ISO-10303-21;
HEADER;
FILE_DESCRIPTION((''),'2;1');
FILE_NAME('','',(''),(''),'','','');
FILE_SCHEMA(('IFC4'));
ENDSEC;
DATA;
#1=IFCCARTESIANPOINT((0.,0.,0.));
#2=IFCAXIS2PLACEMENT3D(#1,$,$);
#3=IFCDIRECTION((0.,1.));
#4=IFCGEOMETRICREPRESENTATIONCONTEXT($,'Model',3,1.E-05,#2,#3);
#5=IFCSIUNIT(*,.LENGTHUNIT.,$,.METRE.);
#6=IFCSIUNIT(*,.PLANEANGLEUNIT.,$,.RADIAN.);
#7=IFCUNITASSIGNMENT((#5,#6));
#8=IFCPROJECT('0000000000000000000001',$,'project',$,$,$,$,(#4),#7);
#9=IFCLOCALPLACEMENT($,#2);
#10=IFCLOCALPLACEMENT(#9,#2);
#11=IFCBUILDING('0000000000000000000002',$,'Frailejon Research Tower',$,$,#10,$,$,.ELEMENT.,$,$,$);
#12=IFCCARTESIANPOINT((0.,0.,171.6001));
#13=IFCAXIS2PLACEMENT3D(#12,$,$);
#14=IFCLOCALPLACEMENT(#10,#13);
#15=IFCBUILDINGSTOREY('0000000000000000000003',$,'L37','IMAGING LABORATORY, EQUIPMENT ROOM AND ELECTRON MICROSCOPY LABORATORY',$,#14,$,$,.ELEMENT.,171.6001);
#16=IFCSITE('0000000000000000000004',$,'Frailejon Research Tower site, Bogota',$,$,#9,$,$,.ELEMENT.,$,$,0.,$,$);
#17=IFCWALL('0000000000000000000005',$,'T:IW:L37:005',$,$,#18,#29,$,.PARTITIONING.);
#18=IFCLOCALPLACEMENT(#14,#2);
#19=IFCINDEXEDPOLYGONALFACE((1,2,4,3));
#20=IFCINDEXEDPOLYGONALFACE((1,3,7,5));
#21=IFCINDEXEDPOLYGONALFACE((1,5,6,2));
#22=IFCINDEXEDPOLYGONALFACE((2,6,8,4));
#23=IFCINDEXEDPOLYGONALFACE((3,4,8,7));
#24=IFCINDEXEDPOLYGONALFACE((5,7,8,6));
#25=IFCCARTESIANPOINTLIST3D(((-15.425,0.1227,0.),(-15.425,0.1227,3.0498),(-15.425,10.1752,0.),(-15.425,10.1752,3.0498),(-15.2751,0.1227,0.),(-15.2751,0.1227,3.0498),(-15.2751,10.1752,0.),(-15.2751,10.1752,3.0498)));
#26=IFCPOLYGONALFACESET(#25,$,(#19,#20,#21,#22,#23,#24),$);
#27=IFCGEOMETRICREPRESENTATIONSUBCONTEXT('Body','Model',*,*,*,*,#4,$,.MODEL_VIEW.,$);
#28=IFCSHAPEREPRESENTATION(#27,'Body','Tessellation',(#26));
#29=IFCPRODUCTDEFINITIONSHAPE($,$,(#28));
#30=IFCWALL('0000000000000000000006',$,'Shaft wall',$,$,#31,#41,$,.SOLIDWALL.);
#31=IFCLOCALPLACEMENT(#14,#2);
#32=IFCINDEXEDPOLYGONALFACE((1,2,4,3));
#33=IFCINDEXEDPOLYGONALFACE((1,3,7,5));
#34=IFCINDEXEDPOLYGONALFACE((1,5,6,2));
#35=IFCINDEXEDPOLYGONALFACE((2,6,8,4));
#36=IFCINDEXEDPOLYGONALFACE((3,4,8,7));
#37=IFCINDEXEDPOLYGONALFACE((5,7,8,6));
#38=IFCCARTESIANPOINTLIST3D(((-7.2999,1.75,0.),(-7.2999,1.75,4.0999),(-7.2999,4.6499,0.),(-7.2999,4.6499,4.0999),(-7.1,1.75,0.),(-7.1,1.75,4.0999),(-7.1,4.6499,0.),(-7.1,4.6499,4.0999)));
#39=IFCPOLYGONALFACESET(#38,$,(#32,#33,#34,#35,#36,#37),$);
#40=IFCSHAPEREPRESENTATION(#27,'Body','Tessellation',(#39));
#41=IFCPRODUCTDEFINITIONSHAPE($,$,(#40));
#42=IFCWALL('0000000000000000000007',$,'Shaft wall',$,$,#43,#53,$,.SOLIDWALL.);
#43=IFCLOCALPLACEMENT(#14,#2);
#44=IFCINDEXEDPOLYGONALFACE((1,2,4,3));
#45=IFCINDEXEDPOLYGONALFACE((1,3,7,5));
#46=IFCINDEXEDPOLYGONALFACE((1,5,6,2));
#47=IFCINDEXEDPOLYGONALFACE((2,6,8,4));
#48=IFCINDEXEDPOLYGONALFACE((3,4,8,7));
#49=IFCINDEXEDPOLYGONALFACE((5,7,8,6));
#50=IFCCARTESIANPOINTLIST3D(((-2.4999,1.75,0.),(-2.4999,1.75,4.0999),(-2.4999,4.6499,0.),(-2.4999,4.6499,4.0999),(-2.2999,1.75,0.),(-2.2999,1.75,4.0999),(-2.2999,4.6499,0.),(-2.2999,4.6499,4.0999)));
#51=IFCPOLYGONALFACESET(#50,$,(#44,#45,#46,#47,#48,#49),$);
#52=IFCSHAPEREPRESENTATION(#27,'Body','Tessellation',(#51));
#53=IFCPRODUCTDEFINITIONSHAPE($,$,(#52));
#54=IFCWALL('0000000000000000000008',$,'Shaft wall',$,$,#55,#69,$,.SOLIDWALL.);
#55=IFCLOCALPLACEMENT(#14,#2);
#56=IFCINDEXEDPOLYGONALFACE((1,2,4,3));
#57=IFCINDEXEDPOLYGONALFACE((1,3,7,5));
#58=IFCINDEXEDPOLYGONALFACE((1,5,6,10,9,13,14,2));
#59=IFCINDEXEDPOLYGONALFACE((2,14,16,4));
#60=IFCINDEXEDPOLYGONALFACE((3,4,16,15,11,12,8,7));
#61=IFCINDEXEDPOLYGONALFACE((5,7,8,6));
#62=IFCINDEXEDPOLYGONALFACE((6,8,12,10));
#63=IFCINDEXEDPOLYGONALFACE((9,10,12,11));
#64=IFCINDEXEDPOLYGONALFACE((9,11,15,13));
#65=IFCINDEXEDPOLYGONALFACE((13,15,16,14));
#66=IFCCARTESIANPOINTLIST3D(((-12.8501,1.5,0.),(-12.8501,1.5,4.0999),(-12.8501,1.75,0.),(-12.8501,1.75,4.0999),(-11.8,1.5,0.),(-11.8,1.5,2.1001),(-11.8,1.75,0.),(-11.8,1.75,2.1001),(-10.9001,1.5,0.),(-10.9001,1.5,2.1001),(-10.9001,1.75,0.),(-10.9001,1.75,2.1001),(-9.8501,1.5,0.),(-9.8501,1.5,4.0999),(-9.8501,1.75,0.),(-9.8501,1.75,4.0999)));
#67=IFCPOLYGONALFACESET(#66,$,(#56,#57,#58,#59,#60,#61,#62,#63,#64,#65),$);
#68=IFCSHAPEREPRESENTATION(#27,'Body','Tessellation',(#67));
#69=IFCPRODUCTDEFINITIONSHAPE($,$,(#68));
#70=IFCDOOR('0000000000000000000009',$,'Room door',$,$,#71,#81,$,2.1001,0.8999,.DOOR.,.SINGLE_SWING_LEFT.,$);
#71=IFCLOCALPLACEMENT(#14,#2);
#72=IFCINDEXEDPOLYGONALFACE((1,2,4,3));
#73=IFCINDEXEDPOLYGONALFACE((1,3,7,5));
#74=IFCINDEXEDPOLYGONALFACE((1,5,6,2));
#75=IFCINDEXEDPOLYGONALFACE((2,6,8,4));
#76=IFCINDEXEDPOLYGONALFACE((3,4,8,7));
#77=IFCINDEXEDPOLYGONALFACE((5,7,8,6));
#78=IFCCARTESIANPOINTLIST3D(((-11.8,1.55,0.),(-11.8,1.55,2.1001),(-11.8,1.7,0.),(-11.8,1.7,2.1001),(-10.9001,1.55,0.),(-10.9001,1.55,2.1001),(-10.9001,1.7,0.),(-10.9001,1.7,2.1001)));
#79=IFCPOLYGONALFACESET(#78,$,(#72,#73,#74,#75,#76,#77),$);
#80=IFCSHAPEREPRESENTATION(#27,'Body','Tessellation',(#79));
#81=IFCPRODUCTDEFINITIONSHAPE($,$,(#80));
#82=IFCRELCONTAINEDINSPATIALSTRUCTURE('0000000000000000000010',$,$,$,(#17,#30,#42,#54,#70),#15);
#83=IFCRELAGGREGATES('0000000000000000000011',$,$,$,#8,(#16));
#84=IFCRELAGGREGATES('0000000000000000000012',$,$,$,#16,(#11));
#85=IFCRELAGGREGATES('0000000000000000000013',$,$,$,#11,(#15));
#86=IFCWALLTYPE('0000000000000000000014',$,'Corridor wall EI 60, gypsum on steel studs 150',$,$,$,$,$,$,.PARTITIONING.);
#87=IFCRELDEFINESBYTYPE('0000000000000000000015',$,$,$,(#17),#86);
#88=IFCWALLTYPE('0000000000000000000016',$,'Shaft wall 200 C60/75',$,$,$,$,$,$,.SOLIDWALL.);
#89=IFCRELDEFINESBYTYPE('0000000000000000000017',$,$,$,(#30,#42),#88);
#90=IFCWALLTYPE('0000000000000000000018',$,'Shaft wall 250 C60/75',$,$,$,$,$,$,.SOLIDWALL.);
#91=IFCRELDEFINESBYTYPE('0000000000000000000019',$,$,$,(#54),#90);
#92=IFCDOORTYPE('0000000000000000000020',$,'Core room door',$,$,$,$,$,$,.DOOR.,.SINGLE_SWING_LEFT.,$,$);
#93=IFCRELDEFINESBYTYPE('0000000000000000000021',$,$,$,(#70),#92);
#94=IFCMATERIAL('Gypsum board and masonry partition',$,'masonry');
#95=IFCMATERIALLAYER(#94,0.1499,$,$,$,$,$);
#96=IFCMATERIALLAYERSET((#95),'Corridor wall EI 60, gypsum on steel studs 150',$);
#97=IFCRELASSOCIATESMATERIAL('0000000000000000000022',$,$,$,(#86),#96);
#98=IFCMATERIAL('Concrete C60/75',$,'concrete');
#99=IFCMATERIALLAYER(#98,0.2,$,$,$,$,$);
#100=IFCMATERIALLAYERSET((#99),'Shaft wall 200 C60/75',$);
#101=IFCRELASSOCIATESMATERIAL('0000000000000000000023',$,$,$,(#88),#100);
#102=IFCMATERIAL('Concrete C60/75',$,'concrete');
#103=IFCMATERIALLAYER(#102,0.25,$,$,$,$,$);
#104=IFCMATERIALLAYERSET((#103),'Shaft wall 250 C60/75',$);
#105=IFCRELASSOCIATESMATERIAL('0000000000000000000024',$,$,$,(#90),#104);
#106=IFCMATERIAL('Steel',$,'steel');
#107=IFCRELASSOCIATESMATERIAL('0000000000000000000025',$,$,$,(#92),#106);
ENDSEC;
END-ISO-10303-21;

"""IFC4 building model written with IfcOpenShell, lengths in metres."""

from ifc_helpers import new_model, si_unit, direction, frame, frame_2d, origin, place, context, subcontext, project, spatial, rectangle, extrude, material, layer, layer_set, type_object, element, fill, save


model = new_model("IFC4")

# Units and contexts
model_context = context("Model", 3, precision=1e-05, world=origin(), true_north=direction((0.0, 1.0)))
body_context = subcontext(model_context, "Body", "Model", "MODEL_VIEW")
ifc_project = project(units=[si_unit("LENGTHUNIT", "METRE"), si_unit("PLANEANGLEUNIT", "RADIAN")], contexts=[model_context])

# Site, building, storey
site_placement = place(None, origin())
site = spatial("IfcSite", under=ifc_project, at=site_placement, Name="Frailejon Research Tower site, Bogota", CompositionType="ELEMENT", RefElevation=0.0)
building_placement = place(site_placement, origin())
building = spatial("IfcBuilding", under=site, at=building_placement, Name="Frailejon Research Tower", CompositionType="ELEMENT")
storey_placement = place(building_placement, frame((0.0, 0.0, 171.6001)))
storey = spatial("IfcBuildingStorey", under=building, at=storey_placement, Name="L37", Description="IMAGING LABORATORY, EQUIPMENT ROOM AND ELECTRON MICROSCOPY LABORATORY", CompositionType="ELEMENT", Elevation=171.6001)

# Walls
ifc_material_1 = material(Name="Gypsum board and masonry partition", Category="masonry")
ifc_layer_1 = layer(ifc_material_1, 0.1499)
ifc_layer_set_1 = layer_set([ifc_layer_1], Name="Corridor wall EI 60, gypsum on steel studs 150")
wall_type_1 = type_object("IfcWallType", Name="Corridor wall EI 60, gypsum on steel studs 150", PredefinedType="PARTITIONING", material=ifc_layer_set_1)
wall_1_placement = place(storey_placement, frame((-15.3501, 0.1226, 0.0), z_axis=(0.0, 0.0, 1.0), x_axis=(0.0, 1.0, 0.0)))
element("IfcWall", 1, at=wall_1_placement, inside=storey, type_object=wall_type_1, Name="T:IW:L37:005", PredefinedType="PARTITIONING", context=body_context, shape_type="SweptSolid", body=[
    extrude(rectangle(XDim=10.0525, YDim=0.1499, at=frame_2d((5.0264, 0.0))), origin(), (0.0, 0.0, 1.0), 3.0498),
])
ifc_material_2 = material(Name="Concrete C60/75", Category="concrete")
ifc_layer_2 = layer(ifc_material_2, 0.2)
ifc_layer_set_2 = layer_set([ifc_layer_2], Name="Shaft wall 200 C60/75")
wall_type_2 = type_object("IfcWallType", Name="Shaft wall 200 C60/75", PredefinedType="SOLIDWALL", material=ifc_layer_set_2)
for number, where, z_axis, x_axis, name in (
    (2, (-7.2, 1.75, 0.0), (0.0, 0.0, 1.0), (0.0, 1.0, 0.0), "Shaft wall"),
    (3, (-2.3999, 1.75, 0.0), (0.0, 0.0, 1.0), (0.0, 1.0, 0.0), "Shaft wall"),
):
    element("IfcWall", number, at=place(storey_placement, frame(where, z_axis=z_axis, x_axis=x_axis)), inside=storey, type_object=wall_type_2, Name=name, PredefinedType="SOLIDWALL", context=body_context, shape_type="SweptSolid", body=[
        extrude(rectangle(XDim=2.8999, YDim=0.2, at=frame_2d((1.45, 0.0))), origin(), (0.0, 0.0, 1.0), 4.0999),
    ])

# Wall, opening, door
ifc_material_3 = material(Name="Concrete C60/75", Category="concrete")
ifc_layer_3 = layer(ifc_material_3, 0.25)
ifc_layer_set_3 = layer_set([ifc_layer_3], Name="Shaft wall 250 C60/75")
wall_type_3 = type_object("IfcWallType", Name="Shaft wall 250 C60/75", PredefinedType="SOLIDWALL", material=ifc_layer_set_3)
wall_2_placement = place(storey_placement, frame((-12.8501, 1.625, 0.0), z_axis=(0.0, 0.0, 1.0), x_axis=(1.0, 0.0, 0.0)))
wall_2 = element("IfcWall", 4, at=wall_2_placement, inside=storey, type_object=wall_type_3, Name="Shaft wall", PredefinedType="SOLIDWALL", context=body_context, shape_type="SweptSolid", body=[
    extrude(rectangle(XDim=3.0, YDim=0.25, at=frame_2d((1.5, 0.0))), origin(), (0.0, 0.0, 1.0), 4.0999),
])
opening_1_placement = place(wall_2_placement, frame((1.05, 0.0, 0.0)))
opening_1 = element("IfcOpeningElement", 5, at=opening_1_placement, cuts=wall_2, PredefinedType="OPENING", context=body_context, shape_type="SweptSolid", body=[
    extrude(rectangle(XDim=0.8999, YDim=2.1001, at=frame_2d((0.45, 1.05))), frame((0.0, 0.135, 0.0), z_axis=(0.0, -1.0, 0.0), x_axis=(1.0, 0.0, 0.0)), (0.0, 0.0, 1.0), 0.27),
])
ifc_material_4 = material(Name="Steel", Category="steel")
door_type_1 = type_object("IfcDoorType", Name="Core room door", OperationType="SINGLE_SWING_LEFT", PredefinedType="DOOR", material=ifc_material_4)
door_1_placement = place(opening_1_placement, origin())
door_1 = element("IfcDoor", 6, at=door_1_placement, inside=storey, type_object=door_type_1, Name="Room door", OperationType="SINGLE_SWING_LEFT", OverallHeight=2.1001, OverallWidth=0.8999, PredefinedType="DOOR", context=body_context, shape_type="SweptSolid", body=[
    extrude(rectangle(XDim=0.8999, YDim=2.1001, at=frame_2d((0.45, 1.05))), frame((0.0, 0.075, 0.0), z_axis=(0.0, -1.0, 0.0), x_axis=(1.0, 0.0, 0.0)), (0.0, 0.0, 1.0), 0.1499),
])
fill(opening_1, door_1)

save(model, "model.ifc")
